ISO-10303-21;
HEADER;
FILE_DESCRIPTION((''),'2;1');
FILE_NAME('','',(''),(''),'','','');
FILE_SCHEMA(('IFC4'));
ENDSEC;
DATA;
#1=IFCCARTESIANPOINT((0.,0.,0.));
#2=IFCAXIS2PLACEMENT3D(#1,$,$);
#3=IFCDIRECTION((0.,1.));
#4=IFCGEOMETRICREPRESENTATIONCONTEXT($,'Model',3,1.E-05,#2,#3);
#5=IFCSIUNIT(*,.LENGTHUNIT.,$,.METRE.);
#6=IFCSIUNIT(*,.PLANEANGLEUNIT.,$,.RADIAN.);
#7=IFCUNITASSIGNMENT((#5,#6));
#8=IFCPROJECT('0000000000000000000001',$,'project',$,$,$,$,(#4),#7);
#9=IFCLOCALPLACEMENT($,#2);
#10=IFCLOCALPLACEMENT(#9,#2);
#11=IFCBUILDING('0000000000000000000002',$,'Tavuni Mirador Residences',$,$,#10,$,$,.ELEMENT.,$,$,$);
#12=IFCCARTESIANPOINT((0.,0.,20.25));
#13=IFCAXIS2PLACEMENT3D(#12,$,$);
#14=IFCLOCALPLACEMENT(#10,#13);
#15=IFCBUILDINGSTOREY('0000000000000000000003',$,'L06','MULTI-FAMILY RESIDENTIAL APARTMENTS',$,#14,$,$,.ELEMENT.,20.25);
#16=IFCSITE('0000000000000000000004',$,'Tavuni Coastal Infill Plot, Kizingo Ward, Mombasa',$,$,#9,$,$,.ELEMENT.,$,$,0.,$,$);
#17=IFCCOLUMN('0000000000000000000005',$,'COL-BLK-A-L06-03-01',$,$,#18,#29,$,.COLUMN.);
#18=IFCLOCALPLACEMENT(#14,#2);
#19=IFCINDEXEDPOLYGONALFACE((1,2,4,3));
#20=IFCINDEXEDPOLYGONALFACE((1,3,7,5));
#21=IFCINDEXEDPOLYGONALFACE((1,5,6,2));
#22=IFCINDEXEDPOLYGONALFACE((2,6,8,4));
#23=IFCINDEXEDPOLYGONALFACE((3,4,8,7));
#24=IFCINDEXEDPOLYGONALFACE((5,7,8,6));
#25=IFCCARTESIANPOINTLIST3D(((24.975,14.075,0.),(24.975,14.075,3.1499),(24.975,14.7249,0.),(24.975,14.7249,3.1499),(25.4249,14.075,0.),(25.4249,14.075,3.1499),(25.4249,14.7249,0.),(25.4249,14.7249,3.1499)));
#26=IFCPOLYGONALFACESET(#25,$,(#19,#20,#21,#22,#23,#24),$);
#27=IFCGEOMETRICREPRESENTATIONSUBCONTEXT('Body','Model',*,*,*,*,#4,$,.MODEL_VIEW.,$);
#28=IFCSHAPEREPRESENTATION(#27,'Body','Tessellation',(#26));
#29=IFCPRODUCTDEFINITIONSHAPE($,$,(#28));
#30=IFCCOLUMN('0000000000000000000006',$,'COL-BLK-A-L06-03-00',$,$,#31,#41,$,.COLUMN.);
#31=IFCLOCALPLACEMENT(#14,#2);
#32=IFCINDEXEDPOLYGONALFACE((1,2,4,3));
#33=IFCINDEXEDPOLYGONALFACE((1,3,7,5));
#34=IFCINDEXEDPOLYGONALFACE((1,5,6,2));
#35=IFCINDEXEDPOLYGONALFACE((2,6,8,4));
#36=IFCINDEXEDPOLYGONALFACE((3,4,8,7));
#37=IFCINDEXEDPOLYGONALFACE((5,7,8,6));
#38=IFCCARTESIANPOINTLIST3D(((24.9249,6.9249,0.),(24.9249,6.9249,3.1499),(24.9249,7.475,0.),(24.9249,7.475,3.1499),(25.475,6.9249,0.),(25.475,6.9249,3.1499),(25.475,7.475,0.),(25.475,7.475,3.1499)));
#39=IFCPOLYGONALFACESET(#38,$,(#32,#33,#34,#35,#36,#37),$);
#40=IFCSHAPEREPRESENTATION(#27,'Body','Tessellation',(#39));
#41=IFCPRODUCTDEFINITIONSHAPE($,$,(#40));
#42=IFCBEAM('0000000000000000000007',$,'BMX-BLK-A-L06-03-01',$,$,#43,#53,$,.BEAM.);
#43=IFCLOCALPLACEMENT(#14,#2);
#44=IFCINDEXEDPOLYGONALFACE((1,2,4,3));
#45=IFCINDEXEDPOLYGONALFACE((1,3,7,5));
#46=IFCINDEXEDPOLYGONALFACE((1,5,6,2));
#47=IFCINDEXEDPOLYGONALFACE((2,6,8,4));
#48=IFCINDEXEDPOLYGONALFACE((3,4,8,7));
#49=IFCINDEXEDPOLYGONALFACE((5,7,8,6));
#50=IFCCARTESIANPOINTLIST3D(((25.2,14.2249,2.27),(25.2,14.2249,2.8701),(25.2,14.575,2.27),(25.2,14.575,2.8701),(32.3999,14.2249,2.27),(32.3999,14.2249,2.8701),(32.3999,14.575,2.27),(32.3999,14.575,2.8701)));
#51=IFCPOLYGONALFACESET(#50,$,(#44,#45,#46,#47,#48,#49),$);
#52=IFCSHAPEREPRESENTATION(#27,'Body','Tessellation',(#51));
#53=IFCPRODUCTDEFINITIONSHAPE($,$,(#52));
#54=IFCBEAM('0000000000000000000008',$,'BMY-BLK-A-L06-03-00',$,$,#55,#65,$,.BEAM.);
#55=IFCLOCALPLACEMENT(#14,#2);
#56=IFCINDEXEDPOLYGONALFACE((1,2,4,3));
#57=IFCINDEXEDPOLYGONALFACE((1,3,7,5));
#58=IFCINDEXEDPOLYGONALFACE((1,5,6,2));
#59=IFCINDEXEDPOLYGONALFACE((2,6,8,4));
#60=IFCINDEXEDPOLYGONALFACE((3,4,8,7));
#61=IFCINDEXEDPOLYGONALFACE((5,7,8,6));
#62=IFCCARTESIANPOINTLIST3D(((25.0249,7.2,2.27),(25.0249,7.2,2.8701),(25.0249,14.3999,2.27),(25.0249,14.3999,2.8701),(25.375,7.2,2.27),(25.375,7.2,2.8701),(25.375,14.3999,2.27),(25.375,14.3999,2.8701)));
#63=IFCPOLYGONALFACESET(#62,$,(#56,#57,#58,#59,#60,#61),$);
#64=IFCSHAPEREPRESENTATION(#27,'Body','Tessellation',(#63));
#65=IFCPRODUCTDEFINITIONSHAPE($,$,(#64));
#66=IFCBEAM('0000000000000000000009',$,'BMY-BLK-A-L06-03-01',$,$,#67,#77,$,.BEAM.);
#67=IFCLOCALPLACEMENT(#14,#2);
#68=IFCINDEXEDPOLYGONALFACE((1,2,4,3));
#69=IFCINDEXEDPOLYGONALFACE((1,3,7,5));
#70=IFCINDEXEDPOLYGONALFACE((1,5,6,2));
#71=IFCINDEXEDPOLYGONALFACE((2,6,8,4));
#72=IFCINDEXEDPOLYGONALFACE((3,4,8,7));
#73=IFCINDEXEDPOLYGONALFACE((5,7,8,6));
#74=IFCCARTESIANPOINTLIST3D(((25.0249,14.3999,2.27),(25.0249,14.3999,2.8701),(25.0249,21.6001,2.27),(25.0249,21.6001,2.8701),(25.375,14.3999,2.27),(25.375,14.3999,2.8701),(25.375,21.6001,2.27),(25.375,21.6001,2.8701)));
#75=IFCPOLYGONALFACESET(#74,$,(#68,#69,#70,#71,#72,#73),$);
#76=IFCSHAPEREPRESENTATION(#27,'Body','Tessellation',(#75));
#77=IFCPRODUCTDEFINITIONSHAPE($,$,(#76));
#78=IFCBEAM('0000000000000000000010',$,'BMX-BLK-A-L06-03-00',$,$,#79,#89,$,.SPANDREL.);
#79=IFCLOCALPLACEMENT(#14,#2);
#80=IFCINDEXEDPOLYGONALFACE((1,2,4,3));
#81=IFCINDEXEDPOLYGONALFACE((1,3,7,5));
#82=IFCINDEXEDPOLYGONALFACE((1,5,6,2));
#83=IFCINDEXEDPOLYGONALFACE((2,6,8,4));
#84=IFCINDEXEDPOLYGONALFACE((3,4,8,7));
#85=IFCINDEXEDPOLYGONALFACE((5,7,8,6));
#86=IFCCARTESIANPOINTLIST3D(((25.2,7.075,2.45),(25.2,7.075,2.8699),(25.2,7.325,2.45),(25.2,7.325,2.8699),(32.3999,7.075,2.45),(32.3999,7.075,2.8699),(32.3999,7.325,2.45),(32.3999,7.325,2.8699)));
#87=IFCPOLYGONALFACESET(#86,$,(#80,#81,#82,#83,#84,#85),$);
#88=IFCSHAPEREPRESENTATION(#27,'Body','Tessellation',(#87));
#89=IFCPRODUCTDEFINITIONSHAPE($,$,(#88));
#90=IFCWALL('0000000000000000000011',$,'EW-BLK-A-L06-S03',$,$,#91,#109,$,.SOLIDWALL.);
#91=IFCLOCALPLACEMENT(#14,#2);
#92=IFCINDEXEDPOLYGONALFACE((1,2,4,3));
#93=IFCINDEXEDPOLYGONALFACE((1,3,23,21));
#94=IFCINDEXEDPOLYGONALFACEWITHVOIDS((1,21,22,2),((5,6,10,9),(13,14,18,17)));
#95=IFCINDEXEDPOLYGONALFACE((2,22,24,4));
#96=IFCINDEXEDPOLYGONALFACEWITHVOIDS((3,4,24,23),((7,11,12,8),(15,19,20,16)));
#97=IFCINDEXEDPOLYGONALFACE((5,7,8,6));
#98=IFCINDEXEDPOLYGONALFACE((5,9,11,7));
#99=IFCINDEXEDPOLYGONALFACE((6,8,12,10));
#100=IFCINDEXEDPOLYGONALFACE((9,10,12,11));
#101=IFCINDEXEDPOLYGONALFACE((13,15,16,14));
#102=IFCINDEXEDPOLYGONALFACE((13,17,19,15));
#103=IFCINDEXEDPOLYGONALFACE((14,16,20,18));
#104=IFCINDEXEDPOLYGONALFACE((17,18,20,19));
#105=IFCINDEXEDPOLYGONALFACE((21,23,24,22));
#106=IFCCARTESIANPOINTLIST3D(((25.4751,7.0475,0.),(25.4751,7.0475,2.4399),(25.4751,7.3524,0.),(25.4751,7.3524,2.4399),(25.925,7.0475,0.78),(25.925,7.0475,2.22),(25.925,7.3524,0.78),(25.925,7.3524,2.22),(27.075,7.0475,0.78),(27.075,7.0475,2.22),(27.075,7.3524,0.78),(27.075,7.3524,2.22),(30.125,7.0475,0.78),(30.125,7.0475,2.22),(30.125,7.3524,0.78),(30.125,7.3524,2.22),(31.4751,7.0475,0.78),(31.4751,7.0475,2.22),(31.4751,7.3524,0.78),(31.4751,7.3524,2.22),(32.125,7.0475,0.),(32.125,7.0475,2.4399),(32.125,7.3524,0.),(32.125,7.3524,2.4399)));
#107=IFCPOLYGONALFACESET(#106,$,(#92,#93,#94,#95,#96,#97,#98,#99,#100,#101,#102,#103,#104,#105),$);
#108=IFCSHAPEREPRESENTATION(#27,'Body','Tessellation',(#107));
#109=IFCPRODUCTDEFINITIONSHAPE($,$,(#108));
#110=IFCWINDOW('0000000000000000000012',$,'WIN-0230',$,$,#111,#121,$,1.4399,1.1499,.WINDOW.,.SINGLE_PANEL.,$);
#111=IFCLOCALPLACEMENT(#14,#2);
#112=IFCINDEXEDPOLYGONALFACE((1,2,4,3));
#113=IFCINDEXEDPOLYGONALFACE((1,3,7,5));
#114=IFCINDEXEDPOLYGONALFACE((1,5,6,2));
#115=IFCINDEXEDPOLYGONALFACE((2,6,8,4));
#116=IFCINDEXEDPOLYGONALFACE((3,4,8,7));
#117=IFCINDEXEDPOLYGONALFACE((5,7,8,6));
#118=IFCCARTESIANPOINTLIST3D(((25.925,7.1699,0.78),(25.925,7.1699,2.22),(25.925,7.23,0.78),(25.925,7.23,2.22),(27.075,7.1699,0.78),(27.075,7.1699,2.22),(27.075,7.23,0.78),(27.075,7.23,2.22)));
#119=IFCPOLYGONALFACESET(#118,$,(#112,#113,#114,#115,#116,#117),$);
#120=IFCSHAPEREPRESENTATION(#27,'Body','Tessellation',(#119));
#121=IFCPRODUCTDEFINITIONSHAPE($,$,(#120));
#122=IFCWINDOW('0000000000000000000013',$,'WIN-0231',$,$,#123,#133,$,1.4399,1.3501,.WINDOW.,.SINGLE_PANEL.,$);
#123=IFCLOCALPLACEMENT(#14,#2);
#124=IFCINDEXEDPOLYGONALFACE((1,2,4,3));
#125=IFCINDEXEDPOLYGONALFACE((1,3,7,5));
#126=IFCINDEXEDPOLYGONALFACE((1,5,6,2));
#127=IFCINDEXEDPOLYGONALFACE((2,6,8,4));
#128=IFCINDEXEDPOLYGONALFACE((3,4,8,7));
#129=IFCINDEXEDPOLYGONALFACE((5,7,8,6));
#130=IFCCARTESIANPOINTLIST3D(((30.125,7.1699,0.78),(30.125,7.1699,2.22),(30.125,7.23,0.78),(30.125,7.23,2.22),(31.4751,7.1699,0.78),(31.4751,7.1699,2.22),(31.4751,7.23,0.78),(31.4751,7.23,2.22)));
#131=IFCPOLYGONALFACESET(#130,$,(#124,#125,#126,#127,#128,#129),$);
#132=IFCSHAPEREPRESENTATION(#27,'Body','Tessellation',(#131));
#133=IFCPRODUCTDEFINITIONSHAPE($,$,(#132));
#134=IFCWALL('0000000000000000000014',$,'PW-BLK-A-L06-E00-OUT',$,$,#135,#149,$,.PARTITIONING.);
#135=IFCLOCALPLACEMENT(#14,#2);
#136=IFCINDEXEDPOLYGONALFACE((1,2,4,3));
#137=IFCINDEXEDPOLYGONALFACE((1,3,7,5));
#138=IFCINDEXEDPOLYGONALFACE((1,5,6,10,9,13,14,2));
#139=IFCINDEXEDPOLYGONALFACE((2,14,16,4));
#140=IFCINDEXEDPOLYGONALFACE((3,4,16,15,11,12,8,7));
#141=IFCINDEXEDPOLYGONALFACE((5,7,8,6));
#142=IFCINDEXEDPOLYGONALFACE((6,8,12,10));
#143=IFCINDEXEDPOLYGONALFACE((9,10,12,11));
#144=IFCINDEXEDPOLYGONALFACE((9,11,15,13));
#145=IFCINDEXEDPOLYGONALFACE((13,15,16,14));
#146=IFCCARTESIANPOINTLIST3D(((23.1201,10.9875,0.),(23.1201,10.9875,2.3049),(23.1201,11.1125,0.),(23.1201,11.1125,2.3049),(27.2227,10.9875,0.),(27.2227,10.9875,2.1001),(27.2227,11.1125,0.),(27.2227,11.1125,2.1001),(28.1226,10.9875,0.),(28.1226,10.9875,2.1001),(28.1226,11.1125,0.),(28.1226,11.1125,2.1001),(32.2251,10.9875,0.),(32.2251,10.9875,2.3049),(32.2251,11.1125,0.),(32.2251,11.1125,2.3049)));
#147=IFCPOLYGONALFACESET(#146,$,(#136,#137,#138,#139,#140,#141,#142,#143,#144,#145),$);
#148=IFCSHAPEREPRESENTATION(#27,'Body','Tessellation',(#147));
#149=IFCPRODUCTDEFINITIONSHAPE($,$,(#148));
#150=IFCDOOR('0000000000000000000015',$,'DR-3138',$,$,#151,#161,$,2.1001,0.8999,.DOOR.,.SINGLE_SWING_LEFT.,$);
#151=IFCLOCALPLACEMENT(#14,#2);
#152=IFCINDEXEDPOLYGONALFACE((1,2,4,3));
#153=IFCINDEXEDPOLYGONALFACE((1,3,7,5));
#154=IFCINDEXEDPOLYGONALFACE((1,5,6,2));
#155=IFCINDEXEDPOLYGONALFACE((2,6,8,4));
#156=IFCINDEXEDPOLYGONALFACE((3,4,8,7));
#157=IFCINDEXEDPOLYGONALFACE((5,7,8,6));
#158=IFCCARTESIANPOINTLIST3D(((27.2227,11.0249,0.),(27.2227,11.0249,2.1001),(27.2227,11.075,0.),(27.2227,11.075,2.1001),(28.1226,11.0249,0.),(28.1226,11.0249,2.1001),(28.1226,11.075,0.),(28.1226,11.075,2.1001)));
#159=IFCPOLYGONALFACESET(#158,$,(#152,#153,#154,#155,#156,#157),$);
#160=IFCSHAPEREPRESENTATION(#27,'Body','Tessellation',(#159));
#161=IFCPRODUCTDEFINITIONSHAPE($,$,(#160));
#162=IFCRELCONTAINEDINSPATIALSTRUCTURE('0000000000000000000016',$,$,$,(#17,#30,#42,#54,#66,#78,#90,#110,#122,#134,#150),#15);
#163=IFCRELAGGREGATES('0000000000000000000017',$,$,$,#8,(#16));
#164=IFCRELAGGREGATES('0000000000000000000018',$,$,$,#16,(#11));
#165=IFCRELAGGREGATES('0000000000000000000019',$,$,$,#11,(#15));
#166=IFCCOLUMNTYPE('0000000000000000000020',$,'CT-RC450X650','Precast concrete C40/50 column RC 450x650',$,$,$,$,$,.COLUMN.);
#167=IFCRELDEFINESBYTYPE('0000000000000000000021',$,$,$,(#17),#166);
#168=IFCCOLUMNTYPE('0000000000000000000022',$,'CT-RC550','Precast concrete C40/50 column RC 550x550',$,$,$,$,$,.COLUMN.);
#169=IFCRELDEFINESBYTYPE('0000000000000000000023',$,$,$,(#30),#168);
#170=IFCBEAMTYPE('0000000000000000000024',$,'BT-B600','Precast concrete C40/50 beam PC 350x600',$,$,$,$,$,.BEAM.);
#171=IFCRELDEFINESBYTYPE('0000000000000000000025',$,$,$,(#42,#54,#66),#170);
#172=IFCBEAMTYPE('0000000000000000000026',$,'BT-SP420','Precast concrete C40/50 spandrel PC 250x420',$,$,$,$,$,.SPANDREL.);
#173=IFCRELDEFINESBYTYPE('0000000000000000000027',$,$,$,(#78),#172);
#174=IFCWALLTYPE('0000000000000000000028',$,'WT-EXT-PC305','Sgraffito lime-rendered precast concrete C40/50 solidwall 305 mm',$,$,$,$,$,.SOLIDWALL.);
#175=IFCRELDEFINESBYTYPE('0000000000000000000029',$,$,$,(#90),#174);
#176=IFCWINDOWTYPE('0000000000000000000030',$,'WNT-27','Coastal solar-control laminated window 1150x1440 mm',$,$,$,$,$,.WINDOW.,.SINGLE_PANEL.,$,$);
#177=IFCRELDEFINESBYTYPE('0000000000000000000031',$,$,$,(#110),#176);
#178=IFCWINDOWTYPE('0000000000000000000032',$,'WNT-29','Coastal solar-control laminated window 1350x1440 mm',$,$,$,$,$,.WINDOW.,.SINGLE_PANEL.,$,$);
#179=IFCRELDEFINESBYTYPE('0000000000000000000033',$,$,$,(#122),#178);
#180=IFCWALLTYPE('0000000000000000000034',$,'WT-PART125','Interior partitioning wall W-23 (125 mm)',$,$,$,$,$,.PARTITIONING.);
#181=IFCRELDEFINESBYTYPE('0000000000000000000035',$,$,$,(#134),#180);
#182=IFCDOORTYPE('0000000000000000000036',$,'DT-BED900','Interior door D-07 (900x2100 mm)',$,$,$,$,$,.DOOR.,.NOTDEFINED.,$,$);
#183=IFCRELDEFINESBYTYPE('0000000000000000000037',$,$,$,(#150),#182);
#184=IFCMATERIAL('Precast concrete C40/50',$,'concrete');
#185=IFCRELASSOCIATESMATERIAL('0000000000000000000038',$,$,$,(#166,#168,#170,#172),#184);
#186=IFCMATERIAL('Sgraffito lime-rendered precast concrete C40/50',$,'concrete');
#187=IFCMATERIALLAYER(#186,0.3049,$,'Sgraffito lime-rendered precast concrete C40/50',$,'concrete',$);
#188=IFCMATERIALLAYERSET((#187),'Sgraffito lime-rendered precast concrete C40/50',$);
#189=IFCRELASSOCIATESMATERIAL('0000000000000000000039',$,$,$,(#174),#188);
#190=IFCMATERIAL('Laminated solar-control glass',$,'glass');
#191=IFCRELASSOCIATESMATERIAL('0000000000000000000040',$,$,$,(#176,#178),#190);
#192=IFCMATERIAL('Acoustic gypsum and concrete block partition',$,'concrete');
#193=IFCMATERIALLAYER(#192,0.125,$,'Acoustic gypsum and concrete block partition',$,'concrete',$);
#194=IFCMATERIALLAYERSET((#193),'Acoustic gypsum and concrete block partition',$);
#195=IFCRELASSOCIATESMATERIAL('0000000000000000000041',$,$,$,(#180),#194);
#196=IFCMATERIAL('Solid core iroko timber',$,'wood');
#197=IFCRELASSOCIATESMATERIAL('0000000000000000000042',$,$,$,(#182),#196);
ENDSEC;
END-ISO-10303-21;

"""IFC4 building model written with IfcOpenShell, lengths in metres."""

from ifc_helpers import new_model, si_unit, direction, frame, frame_2d, origin, origin_2d, place, context, subcontext, project, spatial, rectangle, extrude, material, layer, layer_set, material_profile, profile_set, type_object, element, fill, save


model = new_model("IFC4")

# Units and contexts
model_context = context("Model", 3, precision=1e-05, world=origin(), true_north=direction((0.0, 1.0)))
body_context = subcontext(model_context, "Body", "Model", "MODEL_VIEW")
ifc_project = project(units=[si_unit("LENGTHUNIT", "METRE"), si_unit("PLANEANGLEUNIT", "RADIAN")], contexts=[model_context])

# Site, building, storey
site_placement = place(None, origin())
site = spatial("IfcSite", under=ifc_project, at=site_placement, Name="Tavuni Coastal Infill Plot, Kizingo Ward, Mombasa", CompositionType="ELEMENT", RefElevation=0.0)
building_placement = place(site_placement, origin())
building = spatial("IfcBuilding", under=site, at=building_placement, Name="Tavuni Mirador Residences", CompositionType="ELEMENT")
storey_placement = place(building_placement, frame((0.0, 0.0, 20.25)))
storey = spatial("IfcBuildingStorey", under=building, at=storey_placement, Name="L06", Description="MULTI-FAMILY RESIDENTIAL APARTMENTS", CompositionType="ELEMENT", Elevation=20.25)

# Columns
ifc_material_1 = material(Name="Precast concrete C40/50", Category="concrete")
ifc_material_profile_1 = material_profile(ifc_material_1, rectangle(XDim=0.45, YDim=0.6499, at=origin_2d()), Name="RC 450x650", Category="concrete")
ifc_profile_set_1 = profile_set([ifc_material_profile_1], Name="Precast concrete C40/50")
column_type_1 = type_object("IfcColumnType", Name="CT-RC450X650", Description="Precast concrete C40/50 column RC 450x650", PredefinedType="COLUMN", material=ifc_profile_set_1)
column_1_placement = place(storey_placement, frame((25.2, 14.3999, 0.0), z_axis=(0.0, 0.0, 1.0), x_axis=(1.0, 0.0, 0.0)))
element("IfcColumn", 1, at=column_1_placement, inside=storey, type_object=column_type_1, Name="COL-BLK-A-L06-03-01", PredefinedType="COLUMN", context=body_context, shape_type="SweptSolid", body=[
    extrude(rectangle(XDim=0.45, YDim=0.6499, at=origin_2d()), origin(), (0.0, 0.0, 1.0), 3.1499),
])
ifc_material_profile_2 = material_profile(ifc_material_1, rectangle(XDim=0.55, YDim=0.55, at=origin_2d()), Name="RC 550x550", Category="concrete")
ifc_profile_set_2 = profile_set([ifc_material_profile_2], Name="Precast concrete C40/50")
column_type_2 = type_object("IfcColumnType", Name="CT-RC550", Description="Precast concrete C40/50 column RC 550x550", PredefinedType="COLUMN", material=ifc_profile_set_2)
column_2_placement = place(storey_placement, frame((25.2, 7.2, 0.0), z_axis=(0.0, 0.0, 1.0), x_axis=(1.0, 0.0, 0.0)))
element("IfcColumn", 2, at=column_2_placement, inside=storey, type_object=column_type_2, Name="COL-BLK-A-L06-03-00", PredefinedType="COLUMN", context=body_context, shape_type="SweptSolid", body=[
    extrude(rectangle(XDim=0.55, YDim=0.55, at=origin_2d()), origin(), (0.0, 0.0, 1.0), 3.1499),
])

# Beams
ifc_material_profile_3 = material_profile(ifc_material_1, rectangle(XDim=0.3501, YDim=0.6001, at=origin_2d()), Name="PC 350x600", Category="concrete")
ifc_profile_set_3 = profile_set([ifc_material_profile_3], Name="Precast concrete C40/50")
beam_type_1 = type_object("IfcBeamType", Name="BT-B600", Description="Precast concrete C40/50 beam PC 350x600", PredefinedType="BEAM", material=ifc_profile_set_3)
for number, where, z_axis, x_axis, name in (
    (3, (25.2, 14.3999, 2.5701), (1.0, 0.0, 0.0), (0.0, 1.0, 0.0), "BMX-BLK-A-L06-03-01"),
    (4, (25.2, 7.2, 2.5701), (0.0, 1.0, 0.0), (-1.0, 0.0, 0.0), "BMY-BLK-A-L06-03-00"),
):
    element("IfcBeam", number, at=place(storey_placement, frame(where, z_axis=z_axis, x_axis=x_axis)), inside=storey, type_object=beam_type_1, Name=name, PredefinedType="BEAM", context=body_context, shape_type="SweptSolid", body=[
        extrude(rectangle(XDim=0.3501, YDim=0.6001, at=origin_2d()), origin(), (0.0, 0.0, 1.0), 7.2),
    ])
beam_1_placement = place(storey_placement, frame((25.2, 14.3999, 2.5701), z_axis=(0.0, 1.0, 0.0), x_axis=(-1.0, 0.0, 0.0)))
element("IfcBeam", 5, at=beam_1_placement, inside=storey, type_object=beam_type_1, Name="BMY-BLK-A-L06-03-01", PredefinedType="BEAM", context=body_context, shape_type="SweptSolid", body=[
    extrude(rectangle(XDim=0.3501, YDim=0.6001, at=origin_2d()), origin(), (0.0, 0.0, 1.0), 7.2002),
])
ifc_material_profile_4 = material_profile(ifc_material_1, rectangle(XDim=0.25, YDim=0.4199, at=origin_2d()), Name="PC 250x420", Category="concrete")
ifc_profile_set_4 = profile_set([ifc_material_profile_4], Name="Precast concrete C40/50")
beam_type_2 = type_object("IfcBeamType", Name="BT-SP420", Description="Precast concrete C40/50 spandrel PC 250x420", PredefinedType="SPANDREL", material=ifc_profile_set_4)
beam_2_placement = place(storey_placement, frame((25.2, 7.2, 2.6599), z_axis=(1.0, 0.0, 0.0), x_axis=(0.0, 1.0, 0.0)))
element("IfcBeam", 6, at=beam_2_placement, inside=storey, type_object=beam_type_2, Name="BMX-BLK-A-L06-03-00", PredefinedType="SPANDREL", context=body_context, shape_type="SweptSolid", body=[
    extrude(rectangle(XDim=0.25, YDim=0.4199, at=origin_2d()), origin(), (0.0, 0.0, 1.0), 7.2),
])

# Wall, openings, windows
ifc_material_2 = material(Name="Sgraffito lime-rendered precast concrete C40/50", Category="concrete")
ifc_layer_1 = layer(ifc_material_2, 0.3049, Name="Sgraffito lime-rendered precast concrete C40/50", Category="concrete")
ifc_layer_set_1 = layer_set([ifc_layer_1], Name="Sgraffito lime-rendered precast concrete C40/50")
wall_type_1 = type_object("IfcWallType", Name="WT-EXT-PC305", Description="Sgraffito lime-rendered precast concrete C40/50 solidwall 305 mm", PredefinedType="SOLIDWALL", material=ifc_layer_set_1)
wall_1_placement = place(storey_placement, frame((25.4751, 7.2, 0.0), z_axis=(0.0, 0.0, 1.0), x_axis=(1.0, 0.0, 0.0)))
wall_1 = element("IfcWall", 7, at=wall_1_placement, inside=storey, type_object=wall_type_1, Name="EW-BLK-A-L06-S03", PredefinedType="SOLIDWALL", context=body_context, shape_type="SweptSolid", body=[
    extrude(rectangle(XDim=6.6499, YDim=0.3049, at=frame_2d((3.325, 0.0))), origin(), (0.0, 0.0, 1.0), 2.4399),
])
opening_1_placement = place(wall_1_placement, frame((0.45, 0.0, 0.78)))
opening_1 = element("IfcOpeningElement", 8, at=opening_1_placement, cuts=wall_1, PredefinedType="OPENING", context=body_context, shape_type="SweptSolid", body=[
    extrude(rectangle(XDim=1.1499, YDim=1.4399, at=frame_2d((0.575, 0.72))), frame((0.0, 0.1626, 0.0), z_axis=(0.0, -1.0, 0.0), x_axis=(1.0, 0.0, 0.0)), (0.0, 0.0, 1.0), 0.325),
])
opening_2_placement = place(wall_1_placement, frame((4.6499, 0.0, 0.78)))
opening_2 = element("IfcOpeningElement", 9, at=opening_2_placement, cuts=wall_1, PredefinedType="OPENING", context=body_context, shape_type="SweptSolid", body=[
    extrude(rectangle(XDim=1.3501, YDim=1.4399, at=frame_2d((0.675, 0.72))), frame((0.0, 0.1626, 0.0), z_axis=(0.0, -1.0, 0.0), x_axis=(1.0, 0.0, 0.0)), (0.0, 0.0, 1.0), 0.325),
])
ifc_material_3 = material(Name="Laminated solar-control glass", Category="glass")
window_type_1 = type_object("IfcWindowType", Name="WNT-27", Description="Coastal solar-control laminated window 1150x1440 mm", PartitioningType="SINGLE_PANEL", PredefinedType="WINDOW", material=ifc_material_3)
window_1_placement = place(opening_1_placement, origin())
window_1 = element("IfcWindow", 10, at=window_1_placement, inside=storey, type_object=window_type_1, Name="WIN-0230", OverallHeight=1.4399, OverallWidth=1.1499, PartitioningType="SINGLE_PANEL", PredefinedType="WINDOW", context=body_context, shape_type="SweptSolid", body=[
    extrude(rectangle(XDim=1.1499, YDim=1.4399, at=frame_2d((0.575, 0.72))), frame((0.0, 0.03, 0.0), z_axis=(0.0, -1.0, 0.0), x_axis=(1.0, 0.0, 0.0)), (0.0, 0.0, 1.0), 0.0601),
])
fill(opening_1, window_1)
window_type_2 = type_object("IfcWindowType", Name="WNT-29", Description="Coastal solar-control laminated window 1350x1440 mm", PartitioningType="SINGLE_PANEL", PredefinedType="WINDOW", material=ifc_material_3)
window_2_placement = place(opening_2_placement, origin())
window_2 = element("IfcWindow", 11, at=window_2_placement, inside=storey, type_object=window_type_2, Name="WIN-0231", OverallHeight=1.4399, OverallWidth=1.3501, PartitioningType="SINGLE_PANEL", PredefinedType="WINDOW", context=body_context, shape_type="SweptSolid", body=[
    extrude(rectangle(XDim=1.3501, YDim=1.4399, at=frame_2d((0.675, 0.72))), frame((0.0, 0.03, 0.0), z_axis=(0.0, -1.0, 0.0), x_axis=(1.0, 0.0, 0.0)), (0.0, 0.0, 1.0), 0.0601),
])
fill(opening_2, window_2)

# Wall, opening, door
ifc_material_4 = material(Name="Acoustic gypsum and concrete block partition", Category="concrete")
ifc_layer_2 = layer(ifc_material_4, 0.125, Name="Acoustic gypsum and concrete block partition", Category="concrete")
ifc_layer_set_2 = layer_set([ifc_layer_2], Name="Acoustic gypsum and concrete block partition")
wall_type_2 = type_object("IfcWallType", Name="WT-PART125", Description="Interior partitioning wall W-23 (125 mm)", PredefinedType="PARTITIONING", material=ifc_layer_set_2)
wall_2_placement = place(storey_placement, frame((23.1201, 11.05, 0.0), z_axis=(0.0, 0.0, 1.0), x_axis=(1.0, 0.0, 0.0)))
wall_2 = element("IfcWall", 12, at=wall_2_placement, inside=storey, type_object=wall_type_2, Name="PW-BLK-A-L06-E00-OUT", PredefinedType="PARTITIONING", context=body_context, shape_type="SweptSolid", body=[
    extrude(rectangle(XDim=9.105, YDim=0.125, at=frame_2d((4.5525, 0.0))), origin(), (0.0, 0.0, 1.0), 2.3049),
])
opening_3_placement = place(wall_2_placement, frame((4.1025, 0.0, 0.0)))
opening_3 = element("IfcOpeningElement", 13, at=opening_3_placement, cuts=wall_2, PredefinedType="OPENING", context=body_context, shape_type="SweptSolid", body=[
    extrude(rectangle(XDim=0.8999, YDim=2.1001, at=frame_2d((0.45, 1.05))), frame((0.0, 0.0725, 0.0), z_axis=(0.0, -1.0, 0.0), x_axis=(1.0, 0.0, 0.0)), (0.0, 0.0, 1.0), 0.145),
])
ifc_material_5 = material(Name="Solid core iroko timber", Category="wood")
door_type_1 = type_object("IfcDoorType", Name="DT-BED900", Description="Interior door D-07 (900x2100 mm)", OperationType="NOTDEFINED", PredefinedType="DOOR", material=ifc_material_5)
door_1_placement = place(opening_3_placement, origin())
door_1 = element("IfcDoor", 14, at=door_1_placement, inside=storey, type_object=door_type_1, Name="DR-3138", OperationType="SINGLE_SWING_LEFT", OverallHeight=2.1001, OverallWidth=0.8999, PredefinedType="DOOR", context=body_context, shape_type="SweptSolid", body=[
    extrude(rectangle(XDim=0.8999, YDim=2.1001, at=frame_2d((0.45, 1.05))), frame((0.0, 0.0249, 0.0), z_axis=(0.0, -1.0, 0.0), x_axis=(1.0, 0.0, 0.0)), (0.0, 0.0, 1.0), 0.05),
])
fill(opening_3, door_1)

save(model, "model.ifc")
